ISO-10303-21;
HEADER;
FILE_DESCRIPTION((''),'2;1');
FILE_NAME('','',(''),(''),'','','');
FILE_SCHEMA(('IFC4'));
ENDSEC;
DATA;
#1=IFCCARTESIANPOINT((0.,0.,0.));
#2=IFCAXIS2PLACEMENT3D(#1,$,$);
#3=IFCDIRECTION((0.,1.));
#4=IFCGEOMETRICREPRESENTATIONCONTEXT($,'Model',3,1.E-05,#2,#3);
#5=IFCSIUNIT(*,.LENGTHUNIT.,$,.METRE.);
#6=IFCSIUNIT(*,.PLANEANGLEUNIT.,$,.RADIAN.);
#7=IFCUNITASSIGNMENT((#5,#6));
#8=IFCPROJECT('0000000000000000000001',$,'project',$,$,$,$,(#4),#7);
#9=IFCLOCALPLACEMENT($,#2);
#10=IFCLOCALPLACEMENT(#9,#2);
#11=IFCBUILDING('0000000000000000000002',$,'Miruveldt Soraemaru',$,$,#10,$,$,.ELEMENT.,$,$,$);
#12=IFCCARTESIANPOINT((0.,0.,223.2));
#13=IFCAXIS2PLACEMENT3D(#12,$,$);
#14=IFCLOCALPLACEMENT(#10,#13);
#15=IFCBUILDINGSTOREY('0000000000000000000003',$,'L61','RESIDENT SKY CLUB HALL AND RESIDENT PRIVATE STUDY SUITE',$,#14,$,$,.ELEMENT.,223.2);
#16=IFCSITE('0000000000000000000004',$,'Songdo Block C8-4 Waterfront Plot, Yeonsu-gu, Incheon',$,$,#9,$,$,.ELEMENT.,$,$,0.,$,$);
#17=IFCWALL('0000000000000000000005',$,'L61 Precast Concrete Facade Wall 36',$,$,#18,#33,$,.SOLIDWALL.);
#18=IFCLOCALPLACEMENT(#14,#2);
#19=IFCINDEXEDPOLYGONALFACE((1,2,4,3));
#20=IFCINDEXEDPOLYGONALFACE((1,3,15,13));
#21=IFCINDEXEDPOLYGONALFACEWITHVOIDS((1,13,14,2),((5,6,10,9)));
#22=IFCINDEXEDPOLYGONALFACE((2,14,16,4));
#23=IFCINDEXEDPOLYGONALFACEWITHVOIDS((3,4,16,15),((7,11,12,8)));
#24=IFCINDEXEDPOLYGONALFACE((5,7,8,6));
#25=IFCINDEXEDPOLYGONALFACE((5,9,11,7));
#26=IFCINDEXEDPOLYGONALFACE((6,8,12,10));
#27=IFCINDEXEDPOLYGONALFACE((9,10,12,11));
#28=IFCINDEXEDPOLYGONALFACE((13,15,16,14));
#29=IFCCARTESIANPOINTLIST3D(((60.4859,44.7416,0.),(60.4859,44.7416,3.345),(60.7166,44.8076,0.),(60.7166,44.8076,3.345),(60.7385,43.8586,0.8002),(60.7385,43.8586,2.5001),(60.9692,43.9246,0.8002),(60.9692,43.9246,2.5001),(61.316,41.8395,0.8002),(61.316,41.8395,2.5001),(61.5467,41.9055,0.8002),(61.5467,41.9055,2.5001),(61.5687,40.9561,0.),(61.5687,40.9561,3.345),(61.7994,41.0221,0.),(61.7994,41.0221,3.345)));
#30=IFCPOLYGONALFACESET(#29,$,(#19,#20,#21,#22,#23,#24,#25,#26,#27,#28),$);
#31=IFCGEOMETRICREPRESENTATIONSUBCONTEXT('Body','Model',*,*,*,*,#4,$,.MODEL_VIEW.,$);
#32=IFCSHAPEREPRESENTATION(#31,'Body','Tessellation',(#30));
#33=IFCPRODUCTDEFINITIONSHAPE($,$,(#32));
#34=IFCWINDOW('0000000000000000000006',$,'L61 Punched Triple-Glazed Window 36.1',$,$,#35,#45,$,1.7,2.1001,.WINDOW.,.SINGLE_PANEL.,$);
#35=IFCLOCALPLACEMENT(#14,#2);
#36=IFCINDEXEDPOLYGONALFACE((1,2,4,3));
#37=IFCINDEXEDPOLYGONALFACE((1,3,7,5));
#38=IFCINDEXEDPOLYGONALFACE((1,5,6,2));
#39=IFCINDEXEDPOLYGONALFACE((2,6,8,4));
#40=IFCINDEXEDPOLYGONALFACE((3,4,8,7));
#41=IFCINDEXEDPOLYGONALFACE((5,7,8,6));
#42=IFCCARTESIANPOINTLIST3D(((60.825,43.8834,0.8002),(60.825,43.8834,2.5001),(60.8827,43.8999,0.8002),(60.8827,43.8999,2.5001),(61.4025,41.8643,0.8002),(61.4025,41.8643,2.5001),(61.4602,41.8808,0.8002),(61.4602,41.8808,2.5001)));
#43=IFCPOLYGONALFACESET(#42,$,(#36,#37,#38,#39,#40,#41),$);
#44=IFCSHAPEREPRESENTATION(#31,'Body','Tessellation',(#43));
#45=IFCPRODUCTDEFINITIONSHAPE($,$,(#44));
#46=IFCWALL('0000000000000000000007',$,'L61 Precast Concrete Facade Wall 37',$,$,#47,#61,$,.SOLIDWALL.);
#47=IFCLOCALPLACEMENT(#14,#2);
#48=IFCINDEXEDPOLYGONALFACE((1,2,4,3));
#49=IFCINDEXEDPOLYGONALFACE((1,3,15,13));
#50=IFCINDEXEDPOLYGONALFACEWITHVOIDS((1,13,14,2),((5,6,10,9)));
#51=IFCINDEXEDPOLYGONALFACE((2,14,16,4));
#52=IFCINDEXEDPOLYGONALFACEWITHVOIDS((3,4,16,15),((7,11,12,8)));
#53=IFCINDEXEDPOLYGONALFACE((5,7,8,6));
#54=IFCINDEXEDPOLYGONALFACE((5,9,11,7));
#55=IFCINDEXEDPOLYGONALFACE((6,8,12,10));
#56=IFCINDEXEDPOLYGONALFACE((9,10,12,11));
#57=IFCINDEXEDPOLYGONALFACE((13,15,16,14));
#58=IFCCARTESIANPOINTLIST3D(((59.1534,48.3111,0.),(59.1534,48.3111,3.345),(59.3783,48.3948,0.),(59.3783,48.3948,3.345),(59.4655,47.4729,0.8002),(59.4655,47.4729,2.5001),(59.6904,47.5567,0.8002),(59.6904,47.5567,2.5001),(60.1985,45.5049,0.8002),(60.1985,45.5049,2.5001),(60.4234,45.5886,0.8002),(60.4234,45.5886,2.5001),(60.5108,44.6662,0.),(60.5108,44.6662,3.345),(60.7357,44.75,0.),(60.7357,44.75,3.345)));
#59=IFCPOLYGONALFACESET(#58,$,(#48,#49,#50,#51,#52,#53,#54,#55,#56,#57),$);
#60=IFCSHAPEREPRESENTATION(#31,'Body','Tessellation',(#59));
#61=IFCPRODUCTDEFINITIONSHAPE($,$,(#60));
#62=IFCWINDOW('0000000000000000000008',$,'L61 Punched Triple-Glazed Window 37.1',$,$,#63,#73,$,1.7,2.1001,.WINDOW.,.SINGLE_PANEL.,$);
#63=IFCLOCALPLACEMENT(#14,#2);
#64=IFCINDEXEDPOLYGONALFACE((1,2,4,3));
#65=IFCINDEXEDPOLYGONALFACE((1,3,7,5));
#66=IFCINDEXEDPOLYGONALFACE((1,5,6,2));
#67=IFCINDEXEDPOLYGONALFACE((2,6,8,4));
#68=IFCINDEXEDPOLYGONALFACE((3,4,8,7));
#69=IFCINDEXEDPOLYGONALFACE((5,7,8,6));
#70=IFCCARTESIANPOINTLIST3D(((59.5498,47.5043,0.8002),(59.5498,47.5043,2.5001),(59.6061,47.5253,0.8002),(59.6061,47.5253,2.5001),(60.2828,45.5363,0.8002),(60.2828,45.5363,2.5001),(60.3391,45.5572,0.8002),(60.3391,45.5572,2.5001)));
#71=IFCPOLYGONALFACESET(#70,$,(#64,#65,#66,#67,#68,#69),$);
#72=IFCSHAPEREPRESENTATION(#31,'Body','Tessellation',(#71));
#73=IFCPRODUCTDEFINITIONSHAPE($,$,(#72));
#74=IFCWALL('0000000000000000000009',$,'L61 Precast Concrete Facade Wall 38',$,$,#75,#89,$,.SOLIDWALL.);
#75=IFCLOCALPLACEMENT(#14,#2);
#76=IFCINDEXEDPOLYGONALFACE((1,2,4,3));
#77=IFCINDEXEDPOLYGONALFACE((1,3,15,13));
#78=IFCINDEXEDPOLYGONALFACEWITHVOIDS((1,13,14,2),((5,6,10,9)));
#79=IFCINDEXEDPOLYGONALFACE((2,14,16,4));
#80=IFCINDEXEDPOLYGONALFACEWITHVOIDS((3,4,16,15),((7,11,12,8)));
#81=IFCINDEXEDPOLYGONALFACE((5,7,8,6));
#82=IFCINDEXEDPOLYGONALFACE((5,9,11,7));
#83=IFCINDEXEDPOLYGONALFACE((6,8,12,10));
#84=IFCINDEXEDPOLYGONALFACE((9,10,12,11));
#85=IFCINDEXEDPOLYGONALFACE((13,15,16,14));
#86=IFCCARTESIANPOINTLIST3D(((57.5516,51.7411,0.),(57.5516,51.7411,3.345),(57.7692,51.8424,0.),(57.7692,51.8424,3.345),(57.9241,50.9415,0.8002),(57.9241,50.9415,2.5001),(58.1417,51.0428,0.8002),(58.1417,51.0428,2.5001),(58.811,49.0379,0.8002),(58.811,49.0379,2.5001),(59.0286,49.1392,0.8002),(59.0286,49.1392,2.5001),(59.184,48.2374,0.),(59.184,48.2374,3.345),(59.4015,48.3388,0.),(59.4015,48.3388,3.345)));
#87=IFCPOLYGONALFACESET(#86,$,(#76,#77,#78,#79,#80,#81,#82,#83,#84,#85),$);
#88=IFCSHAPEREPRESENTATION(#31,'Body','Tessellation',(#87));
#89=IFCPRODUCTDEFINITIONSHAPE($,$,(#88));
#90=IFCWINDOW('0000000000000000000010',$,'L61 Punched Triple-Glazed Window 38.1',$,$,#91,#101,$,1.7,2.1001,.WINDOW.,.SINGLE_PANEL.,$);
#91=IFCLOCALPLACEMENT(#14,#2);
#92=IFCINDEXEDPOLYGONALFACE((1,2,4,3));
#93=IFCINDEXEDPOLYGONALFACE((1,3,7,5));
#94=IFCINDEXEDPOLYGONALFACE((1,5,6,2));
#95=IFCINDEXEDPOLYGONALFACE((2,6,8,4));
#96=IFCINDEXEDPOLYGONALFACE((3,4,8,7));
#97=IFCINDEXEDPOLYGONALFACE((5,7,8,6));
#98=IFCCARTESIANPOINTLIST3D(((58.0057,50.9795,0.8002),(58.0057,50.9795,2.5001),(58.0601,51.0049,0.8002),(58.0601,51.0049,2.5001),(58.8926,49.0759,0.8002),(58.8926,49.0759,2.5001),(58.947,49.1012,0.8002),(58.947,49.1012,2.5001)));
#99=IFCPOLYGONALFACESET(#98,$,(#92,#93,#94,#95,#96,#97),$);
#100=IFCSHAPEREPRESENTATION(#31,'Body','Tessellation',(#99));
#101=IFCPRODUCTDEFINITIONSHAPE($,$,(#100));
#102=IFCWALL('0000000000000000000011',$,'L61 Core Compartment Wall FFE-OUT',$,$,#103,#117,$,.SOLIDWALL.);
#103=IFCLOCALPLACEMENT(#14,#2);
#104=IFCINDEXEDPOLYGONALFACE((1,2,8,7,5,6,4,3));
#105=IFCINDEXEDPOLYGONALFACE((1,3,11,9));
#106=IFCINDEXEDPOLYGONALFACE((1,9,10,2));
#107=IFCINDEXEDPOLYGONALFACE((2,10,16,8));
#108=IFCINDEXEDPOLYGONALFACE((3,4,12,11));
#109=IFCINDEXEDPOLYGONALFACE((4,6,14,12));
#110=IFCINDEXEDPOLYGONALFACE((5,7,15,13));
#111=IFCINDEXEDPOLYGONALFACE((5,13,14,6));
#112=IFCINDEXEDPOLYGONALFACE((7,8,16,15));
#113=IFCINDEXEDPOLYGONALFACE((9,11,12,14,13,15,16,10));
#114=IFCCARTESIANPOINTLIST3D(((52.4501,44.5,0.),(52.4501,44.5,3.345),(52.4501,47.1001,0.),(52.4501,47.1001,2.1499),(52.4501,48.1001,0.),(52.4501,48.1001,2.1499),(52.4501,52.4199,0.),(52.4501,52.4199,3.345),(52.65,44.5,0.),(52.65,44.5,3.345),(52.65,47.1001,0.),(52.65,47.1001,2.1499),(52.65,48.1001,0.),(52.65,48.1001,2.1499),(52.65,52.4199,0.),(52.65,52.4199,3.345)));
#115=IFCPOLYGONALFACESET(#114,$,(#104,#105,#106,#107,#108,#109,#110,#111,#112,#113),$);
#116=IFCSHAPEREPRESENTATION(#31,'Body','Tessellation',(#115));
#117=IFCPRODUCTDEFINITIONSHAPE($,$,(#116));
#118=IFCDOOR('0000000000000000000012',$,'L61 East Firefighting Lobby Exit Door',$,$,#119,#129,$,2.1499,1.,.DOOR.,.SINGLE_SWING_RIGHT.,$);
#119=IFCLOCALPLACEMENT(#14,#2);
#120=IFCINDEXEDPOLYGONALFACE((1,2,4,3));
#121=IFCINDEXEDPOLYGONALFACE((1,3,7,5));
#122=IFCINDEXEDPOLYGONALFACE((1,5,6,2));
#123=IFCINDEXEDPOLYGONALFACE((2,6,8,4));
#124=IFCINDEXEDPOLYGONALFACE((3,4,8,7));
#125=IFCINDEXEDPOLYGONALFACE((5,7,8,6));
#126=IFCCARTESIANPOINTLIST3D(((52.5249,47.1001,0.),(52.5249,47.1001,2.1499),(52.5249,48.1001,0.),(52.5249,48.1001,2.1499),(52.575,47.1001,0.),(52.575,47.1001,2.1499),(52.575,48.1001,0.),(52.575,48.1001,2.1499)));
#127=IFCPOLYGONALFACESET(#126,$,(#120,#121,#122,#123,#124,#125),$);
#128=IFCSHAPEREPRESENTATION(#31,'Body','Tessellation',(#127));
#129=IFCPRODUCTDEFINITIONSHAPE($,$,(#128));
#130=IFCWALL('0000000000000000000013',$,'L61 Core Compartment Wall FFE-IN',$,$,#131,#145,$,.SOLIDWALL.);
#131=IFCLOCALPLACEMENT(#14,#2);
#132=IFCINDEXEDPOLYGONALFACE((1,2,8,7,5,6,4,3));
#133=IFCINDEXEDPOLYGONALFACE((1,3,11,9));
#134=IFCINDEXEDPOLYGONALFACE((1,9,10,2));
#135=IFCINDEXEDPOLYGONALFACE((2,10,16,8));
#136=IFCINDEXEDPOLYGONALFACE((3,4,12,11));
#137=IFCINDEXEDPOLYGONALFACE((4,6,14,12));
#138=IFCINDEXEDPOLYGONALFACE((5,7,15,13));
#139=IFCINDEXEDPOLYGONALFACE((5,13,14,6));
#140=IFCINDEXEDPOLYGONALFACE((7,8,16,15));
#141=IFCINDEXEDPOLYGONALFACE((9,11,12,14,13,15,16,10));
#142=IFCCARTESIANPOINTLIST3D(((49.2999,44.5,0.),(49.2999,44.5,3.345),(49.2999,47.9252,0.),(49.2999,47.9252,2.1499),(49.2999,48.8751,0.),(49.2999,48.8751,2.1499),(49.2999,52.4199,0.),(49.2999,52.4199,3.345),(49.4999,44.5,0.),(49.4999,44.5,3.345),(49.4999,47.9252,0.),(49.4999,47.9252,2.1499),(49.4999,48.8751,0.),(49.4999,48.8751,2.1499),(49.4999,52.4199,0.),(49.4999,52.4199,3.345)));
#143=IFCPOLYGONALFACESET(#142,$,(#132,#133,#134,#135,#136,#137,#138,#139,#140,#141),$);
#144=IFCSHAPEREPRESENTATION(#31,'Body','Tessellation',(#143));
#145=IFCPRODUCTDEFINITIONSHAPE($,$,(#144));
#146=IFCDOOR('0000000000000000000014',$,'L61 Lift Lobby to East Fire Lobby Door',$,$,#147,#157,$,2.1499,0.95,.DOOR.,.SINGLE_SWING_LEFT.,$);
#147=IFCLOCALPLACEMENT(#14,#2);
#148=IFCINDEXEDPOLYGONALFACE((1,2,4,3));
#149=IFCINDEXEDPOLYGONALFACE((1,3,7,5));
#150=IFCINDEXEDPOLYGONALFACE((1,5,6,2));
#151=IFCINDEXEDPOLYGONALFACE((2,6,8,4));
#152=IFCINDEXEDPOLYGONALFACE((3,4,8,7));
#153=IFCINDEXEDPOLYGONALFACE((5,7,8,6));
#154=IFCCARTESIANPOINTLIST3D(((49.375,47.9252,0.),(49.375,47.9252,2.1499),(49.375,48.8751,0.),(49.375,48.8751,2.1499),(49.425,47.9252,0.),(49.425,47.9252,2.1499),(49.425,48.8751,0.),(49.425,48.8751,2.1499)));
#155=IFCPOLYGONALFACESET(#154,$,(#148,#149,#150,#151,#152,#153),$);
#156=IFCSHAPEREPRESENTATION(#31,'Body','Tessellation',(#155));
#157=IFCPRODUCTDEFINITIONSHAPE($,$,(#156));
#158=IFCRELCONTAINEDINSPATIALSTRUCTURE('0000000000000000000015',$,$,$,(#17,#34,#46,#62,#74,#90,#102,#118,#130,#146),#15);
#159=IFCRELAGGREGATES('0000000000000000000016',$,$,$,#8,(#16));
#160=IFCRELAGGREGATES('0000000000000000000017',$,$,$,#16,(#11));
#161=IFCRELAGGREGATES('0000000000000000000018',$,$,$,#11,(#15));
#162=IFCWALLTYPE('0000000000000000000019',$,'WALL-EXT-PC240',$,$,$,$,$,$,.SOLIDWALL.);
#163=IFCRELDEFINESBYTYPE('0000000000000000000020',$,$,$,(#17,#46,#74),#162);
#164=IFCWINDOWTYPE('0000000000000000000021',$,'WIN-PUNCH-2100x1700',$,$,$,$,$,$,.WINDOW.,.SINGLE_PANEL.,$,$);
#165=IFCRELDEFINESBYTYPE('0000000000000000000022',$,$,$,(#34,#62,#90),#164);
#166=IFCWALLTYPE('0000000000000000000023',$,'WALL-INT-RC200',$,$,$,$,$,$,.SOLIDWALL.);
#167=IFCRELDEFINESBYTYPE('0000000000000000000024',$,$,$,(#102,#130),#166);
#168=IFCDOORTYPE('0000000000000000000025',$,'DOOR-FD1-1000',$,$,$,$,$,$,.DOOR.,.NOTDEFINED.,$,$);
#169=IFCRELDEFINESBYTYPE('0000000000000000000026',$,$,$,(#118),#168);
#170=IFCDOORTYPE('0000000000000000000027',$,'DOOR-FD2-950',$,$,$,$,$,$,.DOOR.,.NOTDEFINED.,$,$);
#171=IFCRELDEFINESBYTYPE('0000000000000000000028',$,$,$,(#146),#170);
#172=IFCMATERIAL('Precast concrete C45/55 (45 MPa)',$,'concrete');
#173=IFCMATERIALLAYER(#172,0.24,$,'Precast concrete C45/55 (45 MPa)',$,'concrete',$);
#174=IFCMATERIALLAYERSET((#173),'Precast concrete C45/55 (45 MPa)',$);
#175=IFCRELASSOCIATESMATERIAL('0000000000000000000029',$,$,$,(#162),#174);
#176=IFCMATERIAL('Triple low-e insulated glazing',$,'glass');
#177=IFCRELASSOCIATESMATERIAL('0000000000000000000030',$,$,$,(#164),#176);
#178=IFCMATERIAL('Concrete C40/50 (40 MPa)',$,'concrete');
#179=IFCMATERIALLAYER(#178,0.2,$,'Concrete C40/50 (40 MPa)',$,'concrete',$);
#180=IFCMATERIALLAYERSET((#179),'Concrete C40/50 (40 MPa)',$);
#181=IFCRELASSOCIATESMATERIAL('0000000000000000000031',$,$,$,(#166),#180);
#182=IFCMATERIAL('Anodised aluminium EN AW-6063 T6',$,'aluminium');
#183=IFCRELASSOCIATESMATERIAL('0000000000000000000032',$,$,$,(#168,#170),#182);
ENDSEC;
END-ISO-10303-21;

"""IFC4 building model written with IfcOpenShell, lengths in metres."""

from ifc_helpers import new_model, si_unit, direction, frame, frame_2d, origin, place, context, subcontext, project, spatial, rectangle, extrude, material, layer, layer_set, type_object, element, fill, save


model = new_model("IFC4")

# Units and contexts
model_context = context("Model", 3, precision=1e-05, world=origin(), true_north=direction((0.0, 1.0)))
body_context = subcontext(model_context, "Body", "Model", "MODEL_VIEW")
ifc_project = project(units=[si_unit("LENGTHUNIT", "METRE"), si_unit("PLANEANGLEUNIT", "RADIAN")], contexts=[model_context])

# Site, building, storey
site_placement = place(None, origin())
site = spatial("IfcSite", under=ifc_project, at=site_placement, Name="Songdo Block C8-4 Waterfront Plot, Yeonsu-gu, Incheon", CompositionType="ELEMENT", RefElevation=0.0)
building_placement = place(site_placement, origin())
building = spatial("IfcBuilding", under=site, at=building_placement, Name="Miruveldt Soraemaru", CompositionType="ELEMENT")
storey_placement = place(building_placement, frame((0.0, 0.0, 223.2)))
storey = spatial("IfcBuildingStorey", under=building, at=storey_placement, Name="L61", Description="RESIDENT SKY CLUB HALL AND RESIDENT PRIVATE STUDY SUITE", CompositionType="ELEMENT", Elevation=223.2)

# Walls, openings, windows
ifc_material_1 = material(Name="Precast concrete C45/55 (45 MPa)", Category="concrete")
ifc_layer_1 = layer(ifc_material_1, 0.24, Name="Precast concrete C45/55 (45 MPa)", Category="concrete")
ifc_layer_set_1 = layer_set([ifc_layer_1], Name="Precast concrete C45/55 (45 MPa)")
wall_type_1 = type_object("IfcWallType", Name="WALL-EXT-PC240", PredefinedType="SOLIDWALL", material=ifc_layer_set_1)
wall_1_placement = place(storey_placement, frame((61.6841, 40.989, 0.0), z_axis=(0.0, 0.0, 1.0), x_axis=(-0.275008, 0.961442, 0.0)))
wall_1 = element("IfcWall", 1, at=wall_1_placement, inside=storey, type_object=wall_type_1, Name="L61 Precast Concrete Facade Wall 36", PredefinedType="SOLIDWALL", context=body_context, shape_type="SweptSolid", body=[
    extrude(rectangle(XDim=3.9373, YDim=0.24, at=frame_2d((1.9688, 0.0))), origin(), (0.0, 0.0, 1.0), 3.345),
])
opening_1_placement = place(wall_1_placement, frame((0.9189, 0.0, 0.8)))
opening_1 = element("IfcOpeningElement", 2, at=opening_1_placement, cuts=wall_1, PredefinedType="OPENING", context=body_context, shape_type="SweptSolid", body=[
    extrude(rectangle(XDim=2.1001, YDim=1.7, at=frame_2d((1.05, 0.8501))), frame((0.0, 0.1299, 0.0), z_axis=(0.0, -1.0, 0.0), x_axis=(1.0, 0.0, 0.0)), (0.0, 0.0, 1.0), 0.26),
])
ifc_material_2 = material(Name="Triple low-e insulated glazing", Category="glass")
window_type = type_object("IfcWindowType", Name="WIN-PUNCH-2100x1700", PartitioningType="SINGLE_PANEL", PredefinedType="WINDOW", material=ifc_material_2)
window_1_placement = place(opening_1_placement, origin())
window_1 = element("IfcWindow", 3, at=window_1_placement, inside=storey, type_object=window_type, Name="L61 Punched Triple-Glazed Window 36.1", OverallHeight=1.7, OverallWidth=2.1001, PartitioningType="SINGLE_PANEL", PredefinedType="WINDOW", context=body_context, shape_type="SweptSolid", body=[
    extrude(rectangle(XDim=2.1001, YDim=1.7, at=frame_2d((1.05, 0.8501))), frame((0.0, 0.03, 0.0), z_axis=(0.0, -1.0, 0.0), x_axis=(1.0, 0.0, 0.0)), (0.0, 0.0, 1.0), 0.0601),
])
fill(opening_1, window_1)
wall_2_placement = place(storey_placement, frame((60.6233, 44.708, 0.0), z_axis=(0.0, 0.0, 1.0), x_axis=(-0.349011, 0.937119, 0.0)))
wall_2 = element("IfcWall", 4, at=wall_2_placement, inside=storey, type_object=wall_type_1, Name="L61 Precast Concrete Facade Wall 37", PredefinedType="SOLIDWALL", context=body_context, shape_type="SweptSolid", body=[
    extrude(rectangle(XDim=3.8894, YDim=0.24, at=frame_2d((1.9448, 0.0))), origin(), (0.0, 0.0, 1.0), 3.345),
])
opening_2_placement = place(wall_2_placement, frame((0.895, 0.0, 0.8)))
opening_2 = element("IfcOpeningElement", 5, at=opening_2_placement, cuts=wall_2, PredefinedType="OPENING", context=body_context, shape_type="SweptSolid", body=[
    extrude(rectangle(XDim=2.1001, YDim=1.7, at=frame_2d((1.05, 0.8501))), frame((0.0, 0.1299, 0.0), z_axis=(0.0, -1.0, 0.0), x_axis=(1.0, 0.0, 0.0)), (0.0, 0.0, 1.0), 0.26),
])
window_2_placement = place(opening_2_placement, origin())
window_2 = element("IfcWindow", 6, at=window_2_placement, inside=storey, type_object=window_type, Name="L61 Punched Triple-Glazed Window 37.1", OverallHeight=1.7, OverallWidth=2.1001, PartitioningType="SINGLE_PANEL", PredefinedType="WINDOW", context=body_context, shape_type="SweptSolid", body=[
    extrude(rectangle(XDim=2.1001, YDim=1.7, at=frame_2d((1.05, 0.8501))), frame((0.0, 0.03, 0.0), z_axis=(0.0, -1.0, 0.0), x_axis=(1.0, 0.0, 0.0)), (0.0, 0.0, 1.0), 0.0601),
])
fill(opening_2, window_2)
wall_3_placement = place(storey_placement, frame((59.2927, 48.2881, 0.0), z_axis=(0.0, 0.0, 1.0), x_axis=(-0.422308, 0.906452, 0.0)))
wall_3 = element("IfcWall", 7, at=wall_3_placement, inside=storey, type_object=wall_type_1, Name="L61 Precast Concrete Facade Wall 38", PredefinedType="SOLIDWALL", context=body_context, shape_type="SweptSolid", body=[
    extrude(rectangle(XDim=3.8652, YDim=0.24, at=frame_2d((1.9326, 0.0))), origin(), (0.0, 0.0, 1.0), 3.345),
])
opening_3_placement = place(wall_3_placement, frame((0.8831, 0.0, 0.8)))
opening_3 = element("IfcOpeningElement", 8, at=opening_3_placement, cuts=wall_3, PredefinedType="OPENING", context=body_context, shape_type="SweptSolid", body=[
    extrude(rectangle(XDim=2.1001, YDim=1.7, at=frame_2d((1.05, 0.8501))), frame((0.0, 0.1299, 0.0), z_axis=(0.0, -1.0, 0.0), x_axis=(1.0, 0.0, 0.0)), (0.0, 0.0, 1.0), 0.26),
])
window_3_placement = place(opening_3_placement, origin())
window_3 = element("IfcWindow", 9, at=window_3_placement, inside=storey, type_object=window_type, Name="L61 Punched Triple-Glazed Window 38.1", OverallHeight=1.7, OverallWidth=2.1001, PartitioningType="SINGLE_PANEL", PredefinedType="WINDOW", context=body_context, shape_type="SweptSolid", body=[
    extrude(rectangle(XDim=2.1001, YDim=1.7, at=frame_2d((1.05, 0.8501))), frame((0.0, 0.03, 0.0), z_axis=(0.0, -1.0, 0.0), x_axis=(1.0, 0.0, 0.0)), (0.0, 0.0, 1.0), 0.0601),
])
fill(opening_3, window_3)

# Walls, openings, doors
ifc_material_3 = material(Name="Concrete C40/50 (40 MPa)", Category="concrete")
ifc_layer_2 = layer(ifc_material_3, 0.2, Name="Concrete C40/50 (40 MPa)", Category="concrete")
ifc_layer_set_2 = layer_set([ifc_layer_2], Name="Concrete C40/50 (40 MPa)")
wall_type_2 = type_object("IfcWallType", Name="WALL-INT-RC200", PredefinedType="SOLIDWALL", material=ifc_layer_set_2)
wall_4_placement = place(storey_placement, frame((52.55, 44.5, 0.0), z_axis=(0.0, 0.0, 1.0), x_axis=(0.0, 1.0, 0.0)))
wall_4 = element("IfcWall", 10, at=wall_4_placement, inside=storey, type_object=wall_type_2, Name="L61 Core Compartment Wall FFE-OUT", PredefinedType="SOLIDWALL", context=body_context, shape_type="SweptSolid", body=[
    extrude(rectangle(XDim=7.9199, YDim=0.2, at=frame_2d((3.96, 0.0))), origin(), (0.0, 0.0, 1.0), 3.345),
])
opening_4_placement = place(wall_4_placement, frame((2.6001, 0.0, 0.0)))
opening_4 = element("IfcOpeningElement", 11, at=opening_4_placement, cuts=wall_4, PredefinedType="OPENING", context=body_context, shape_type="SweptSolid", body=[
    extrude(rectangle(XDim=1.0, YDim=2.1499, at=frame_2d((0.5, 1.075))), frame((0.0, 0.1099, 0.0), z_axis=(0.0, -1.0, 0.0), x_axis=(1.0, 0.0, 0.0)), (0.0, 0.0, 1.0), 0.22),
])
ifc_material_4 = material(Name="Anodised aluminium EN AW-6063 T6", Category="aluminium")
door_type_1 = type_object("IfcDoorType", Name="DOOR-FD1-1000", OperationType="NOTDEFINED", PredefinedType="DOOR", material=ifc_material_4)
door_1_placement = place(opening_4_placement, frame((1.0, 0.0, 0.0), z_axis=(0.0, 0.0, 1.0), x_axis=(-1.0, 0.0, 0.0)))
door_1 = element("IfcDoor", 12, at=door_1_placement, inside=storey, type_object=door_type_1, Name="L61 East Firefighting Lobby Exit Door", OperationType="SINGLE_SWING_RIGHT", OverallHeight=2.1499, OverallWidth=1.0, PredefinedType="DOOR", context=body_context, shape_type="SweptSolid", body=[
    extrude(rectangle(XDim=1.0, YDim=2.1499, at=frame_2d((0.5, 1.075))), frame((0.0, 0.0249, 0.0), z_axis=(0.0, -1.0, 0.0), x_axis=(1.0, 0.0, 0.0)), (0.0, 0.0, 1.0), 0.05),
])
fill(opening_4, door_1)
wall_5_placement = place(storey_placement, frame((49.3999, 44.5, 0.0), z_axis=(0.0, 0.0, 1.0), x_axis=(0.0, 1.0, 0.0)))
wall_5 = element("IfcWall", 13, at=wall_5_placement, inside=storey, type_object=wall_type_2, Name="L61 Core Compartment Wall FFE-IN", PredefinedType="SOLIDWALL", context=body_context, shape_type="SweptSolid", body=[
    extrude(rectangle(XDim=7.9199, YDim=0.2, at=frame_2d((3.96, 0.0))), origin(), (0.0, 0.0, 1.0), 3.345),
])
opening_5_placement = place(wall_5_placement, frame((3.425, 0.0, 0.0)))
opening_5 = element("IfcOpeningElement", 14, at=opening_5_placement, cuts=wall_5, PredefinedType="OPENING", context=body_context, shape_type="SweptSolid", body=[
    extrude(rectangle(XDim=0.95, YDim=2.1499, at=frame_2d((0.4751, 1.075))), frame((0.0, 0.1099, 0.0), z_axis=(0.0, -1.0, 0.0), x_axis=(1.0, 0.0, 0.0)), (0.0, 0.0, 1.0), 0.22),
])
door_type_2 = type_object("IfcDoorType", Name="DOOR-FD2-950", OperationType="NOTDEFINED", PredefinedType="DOOR", material=ifc_material_4)
door_2_placement = place(opening_5_placement, origin())
door_2 = element("IfcDoor", 15, at=door_2_placement, inside=storey, type_object=door_type_2, Name="L61 Lift Lobby to East Fire Lobby Door", OperationType="SINGLE_SWING_LEFT", OverallHeight=2.1499, OverallWidth=0.95, PredefinedType="DOOR", context=body_context, shape_type="SweptSolid", body=[
    extrude(rectangle(XDim=0.95, YDim=2.1499, at=frame_2d((0.4751, 1.075))), frame((0.0, 0.0249, 0.0), z_axis=(0.0, -1.0, 0.0), x_axis=(1.0, 0.0, 0.0)), (0.0, 0.0, 1.0), 0.05),
])
fill(opening_5, door_2)

save(model, "model.ifc")
